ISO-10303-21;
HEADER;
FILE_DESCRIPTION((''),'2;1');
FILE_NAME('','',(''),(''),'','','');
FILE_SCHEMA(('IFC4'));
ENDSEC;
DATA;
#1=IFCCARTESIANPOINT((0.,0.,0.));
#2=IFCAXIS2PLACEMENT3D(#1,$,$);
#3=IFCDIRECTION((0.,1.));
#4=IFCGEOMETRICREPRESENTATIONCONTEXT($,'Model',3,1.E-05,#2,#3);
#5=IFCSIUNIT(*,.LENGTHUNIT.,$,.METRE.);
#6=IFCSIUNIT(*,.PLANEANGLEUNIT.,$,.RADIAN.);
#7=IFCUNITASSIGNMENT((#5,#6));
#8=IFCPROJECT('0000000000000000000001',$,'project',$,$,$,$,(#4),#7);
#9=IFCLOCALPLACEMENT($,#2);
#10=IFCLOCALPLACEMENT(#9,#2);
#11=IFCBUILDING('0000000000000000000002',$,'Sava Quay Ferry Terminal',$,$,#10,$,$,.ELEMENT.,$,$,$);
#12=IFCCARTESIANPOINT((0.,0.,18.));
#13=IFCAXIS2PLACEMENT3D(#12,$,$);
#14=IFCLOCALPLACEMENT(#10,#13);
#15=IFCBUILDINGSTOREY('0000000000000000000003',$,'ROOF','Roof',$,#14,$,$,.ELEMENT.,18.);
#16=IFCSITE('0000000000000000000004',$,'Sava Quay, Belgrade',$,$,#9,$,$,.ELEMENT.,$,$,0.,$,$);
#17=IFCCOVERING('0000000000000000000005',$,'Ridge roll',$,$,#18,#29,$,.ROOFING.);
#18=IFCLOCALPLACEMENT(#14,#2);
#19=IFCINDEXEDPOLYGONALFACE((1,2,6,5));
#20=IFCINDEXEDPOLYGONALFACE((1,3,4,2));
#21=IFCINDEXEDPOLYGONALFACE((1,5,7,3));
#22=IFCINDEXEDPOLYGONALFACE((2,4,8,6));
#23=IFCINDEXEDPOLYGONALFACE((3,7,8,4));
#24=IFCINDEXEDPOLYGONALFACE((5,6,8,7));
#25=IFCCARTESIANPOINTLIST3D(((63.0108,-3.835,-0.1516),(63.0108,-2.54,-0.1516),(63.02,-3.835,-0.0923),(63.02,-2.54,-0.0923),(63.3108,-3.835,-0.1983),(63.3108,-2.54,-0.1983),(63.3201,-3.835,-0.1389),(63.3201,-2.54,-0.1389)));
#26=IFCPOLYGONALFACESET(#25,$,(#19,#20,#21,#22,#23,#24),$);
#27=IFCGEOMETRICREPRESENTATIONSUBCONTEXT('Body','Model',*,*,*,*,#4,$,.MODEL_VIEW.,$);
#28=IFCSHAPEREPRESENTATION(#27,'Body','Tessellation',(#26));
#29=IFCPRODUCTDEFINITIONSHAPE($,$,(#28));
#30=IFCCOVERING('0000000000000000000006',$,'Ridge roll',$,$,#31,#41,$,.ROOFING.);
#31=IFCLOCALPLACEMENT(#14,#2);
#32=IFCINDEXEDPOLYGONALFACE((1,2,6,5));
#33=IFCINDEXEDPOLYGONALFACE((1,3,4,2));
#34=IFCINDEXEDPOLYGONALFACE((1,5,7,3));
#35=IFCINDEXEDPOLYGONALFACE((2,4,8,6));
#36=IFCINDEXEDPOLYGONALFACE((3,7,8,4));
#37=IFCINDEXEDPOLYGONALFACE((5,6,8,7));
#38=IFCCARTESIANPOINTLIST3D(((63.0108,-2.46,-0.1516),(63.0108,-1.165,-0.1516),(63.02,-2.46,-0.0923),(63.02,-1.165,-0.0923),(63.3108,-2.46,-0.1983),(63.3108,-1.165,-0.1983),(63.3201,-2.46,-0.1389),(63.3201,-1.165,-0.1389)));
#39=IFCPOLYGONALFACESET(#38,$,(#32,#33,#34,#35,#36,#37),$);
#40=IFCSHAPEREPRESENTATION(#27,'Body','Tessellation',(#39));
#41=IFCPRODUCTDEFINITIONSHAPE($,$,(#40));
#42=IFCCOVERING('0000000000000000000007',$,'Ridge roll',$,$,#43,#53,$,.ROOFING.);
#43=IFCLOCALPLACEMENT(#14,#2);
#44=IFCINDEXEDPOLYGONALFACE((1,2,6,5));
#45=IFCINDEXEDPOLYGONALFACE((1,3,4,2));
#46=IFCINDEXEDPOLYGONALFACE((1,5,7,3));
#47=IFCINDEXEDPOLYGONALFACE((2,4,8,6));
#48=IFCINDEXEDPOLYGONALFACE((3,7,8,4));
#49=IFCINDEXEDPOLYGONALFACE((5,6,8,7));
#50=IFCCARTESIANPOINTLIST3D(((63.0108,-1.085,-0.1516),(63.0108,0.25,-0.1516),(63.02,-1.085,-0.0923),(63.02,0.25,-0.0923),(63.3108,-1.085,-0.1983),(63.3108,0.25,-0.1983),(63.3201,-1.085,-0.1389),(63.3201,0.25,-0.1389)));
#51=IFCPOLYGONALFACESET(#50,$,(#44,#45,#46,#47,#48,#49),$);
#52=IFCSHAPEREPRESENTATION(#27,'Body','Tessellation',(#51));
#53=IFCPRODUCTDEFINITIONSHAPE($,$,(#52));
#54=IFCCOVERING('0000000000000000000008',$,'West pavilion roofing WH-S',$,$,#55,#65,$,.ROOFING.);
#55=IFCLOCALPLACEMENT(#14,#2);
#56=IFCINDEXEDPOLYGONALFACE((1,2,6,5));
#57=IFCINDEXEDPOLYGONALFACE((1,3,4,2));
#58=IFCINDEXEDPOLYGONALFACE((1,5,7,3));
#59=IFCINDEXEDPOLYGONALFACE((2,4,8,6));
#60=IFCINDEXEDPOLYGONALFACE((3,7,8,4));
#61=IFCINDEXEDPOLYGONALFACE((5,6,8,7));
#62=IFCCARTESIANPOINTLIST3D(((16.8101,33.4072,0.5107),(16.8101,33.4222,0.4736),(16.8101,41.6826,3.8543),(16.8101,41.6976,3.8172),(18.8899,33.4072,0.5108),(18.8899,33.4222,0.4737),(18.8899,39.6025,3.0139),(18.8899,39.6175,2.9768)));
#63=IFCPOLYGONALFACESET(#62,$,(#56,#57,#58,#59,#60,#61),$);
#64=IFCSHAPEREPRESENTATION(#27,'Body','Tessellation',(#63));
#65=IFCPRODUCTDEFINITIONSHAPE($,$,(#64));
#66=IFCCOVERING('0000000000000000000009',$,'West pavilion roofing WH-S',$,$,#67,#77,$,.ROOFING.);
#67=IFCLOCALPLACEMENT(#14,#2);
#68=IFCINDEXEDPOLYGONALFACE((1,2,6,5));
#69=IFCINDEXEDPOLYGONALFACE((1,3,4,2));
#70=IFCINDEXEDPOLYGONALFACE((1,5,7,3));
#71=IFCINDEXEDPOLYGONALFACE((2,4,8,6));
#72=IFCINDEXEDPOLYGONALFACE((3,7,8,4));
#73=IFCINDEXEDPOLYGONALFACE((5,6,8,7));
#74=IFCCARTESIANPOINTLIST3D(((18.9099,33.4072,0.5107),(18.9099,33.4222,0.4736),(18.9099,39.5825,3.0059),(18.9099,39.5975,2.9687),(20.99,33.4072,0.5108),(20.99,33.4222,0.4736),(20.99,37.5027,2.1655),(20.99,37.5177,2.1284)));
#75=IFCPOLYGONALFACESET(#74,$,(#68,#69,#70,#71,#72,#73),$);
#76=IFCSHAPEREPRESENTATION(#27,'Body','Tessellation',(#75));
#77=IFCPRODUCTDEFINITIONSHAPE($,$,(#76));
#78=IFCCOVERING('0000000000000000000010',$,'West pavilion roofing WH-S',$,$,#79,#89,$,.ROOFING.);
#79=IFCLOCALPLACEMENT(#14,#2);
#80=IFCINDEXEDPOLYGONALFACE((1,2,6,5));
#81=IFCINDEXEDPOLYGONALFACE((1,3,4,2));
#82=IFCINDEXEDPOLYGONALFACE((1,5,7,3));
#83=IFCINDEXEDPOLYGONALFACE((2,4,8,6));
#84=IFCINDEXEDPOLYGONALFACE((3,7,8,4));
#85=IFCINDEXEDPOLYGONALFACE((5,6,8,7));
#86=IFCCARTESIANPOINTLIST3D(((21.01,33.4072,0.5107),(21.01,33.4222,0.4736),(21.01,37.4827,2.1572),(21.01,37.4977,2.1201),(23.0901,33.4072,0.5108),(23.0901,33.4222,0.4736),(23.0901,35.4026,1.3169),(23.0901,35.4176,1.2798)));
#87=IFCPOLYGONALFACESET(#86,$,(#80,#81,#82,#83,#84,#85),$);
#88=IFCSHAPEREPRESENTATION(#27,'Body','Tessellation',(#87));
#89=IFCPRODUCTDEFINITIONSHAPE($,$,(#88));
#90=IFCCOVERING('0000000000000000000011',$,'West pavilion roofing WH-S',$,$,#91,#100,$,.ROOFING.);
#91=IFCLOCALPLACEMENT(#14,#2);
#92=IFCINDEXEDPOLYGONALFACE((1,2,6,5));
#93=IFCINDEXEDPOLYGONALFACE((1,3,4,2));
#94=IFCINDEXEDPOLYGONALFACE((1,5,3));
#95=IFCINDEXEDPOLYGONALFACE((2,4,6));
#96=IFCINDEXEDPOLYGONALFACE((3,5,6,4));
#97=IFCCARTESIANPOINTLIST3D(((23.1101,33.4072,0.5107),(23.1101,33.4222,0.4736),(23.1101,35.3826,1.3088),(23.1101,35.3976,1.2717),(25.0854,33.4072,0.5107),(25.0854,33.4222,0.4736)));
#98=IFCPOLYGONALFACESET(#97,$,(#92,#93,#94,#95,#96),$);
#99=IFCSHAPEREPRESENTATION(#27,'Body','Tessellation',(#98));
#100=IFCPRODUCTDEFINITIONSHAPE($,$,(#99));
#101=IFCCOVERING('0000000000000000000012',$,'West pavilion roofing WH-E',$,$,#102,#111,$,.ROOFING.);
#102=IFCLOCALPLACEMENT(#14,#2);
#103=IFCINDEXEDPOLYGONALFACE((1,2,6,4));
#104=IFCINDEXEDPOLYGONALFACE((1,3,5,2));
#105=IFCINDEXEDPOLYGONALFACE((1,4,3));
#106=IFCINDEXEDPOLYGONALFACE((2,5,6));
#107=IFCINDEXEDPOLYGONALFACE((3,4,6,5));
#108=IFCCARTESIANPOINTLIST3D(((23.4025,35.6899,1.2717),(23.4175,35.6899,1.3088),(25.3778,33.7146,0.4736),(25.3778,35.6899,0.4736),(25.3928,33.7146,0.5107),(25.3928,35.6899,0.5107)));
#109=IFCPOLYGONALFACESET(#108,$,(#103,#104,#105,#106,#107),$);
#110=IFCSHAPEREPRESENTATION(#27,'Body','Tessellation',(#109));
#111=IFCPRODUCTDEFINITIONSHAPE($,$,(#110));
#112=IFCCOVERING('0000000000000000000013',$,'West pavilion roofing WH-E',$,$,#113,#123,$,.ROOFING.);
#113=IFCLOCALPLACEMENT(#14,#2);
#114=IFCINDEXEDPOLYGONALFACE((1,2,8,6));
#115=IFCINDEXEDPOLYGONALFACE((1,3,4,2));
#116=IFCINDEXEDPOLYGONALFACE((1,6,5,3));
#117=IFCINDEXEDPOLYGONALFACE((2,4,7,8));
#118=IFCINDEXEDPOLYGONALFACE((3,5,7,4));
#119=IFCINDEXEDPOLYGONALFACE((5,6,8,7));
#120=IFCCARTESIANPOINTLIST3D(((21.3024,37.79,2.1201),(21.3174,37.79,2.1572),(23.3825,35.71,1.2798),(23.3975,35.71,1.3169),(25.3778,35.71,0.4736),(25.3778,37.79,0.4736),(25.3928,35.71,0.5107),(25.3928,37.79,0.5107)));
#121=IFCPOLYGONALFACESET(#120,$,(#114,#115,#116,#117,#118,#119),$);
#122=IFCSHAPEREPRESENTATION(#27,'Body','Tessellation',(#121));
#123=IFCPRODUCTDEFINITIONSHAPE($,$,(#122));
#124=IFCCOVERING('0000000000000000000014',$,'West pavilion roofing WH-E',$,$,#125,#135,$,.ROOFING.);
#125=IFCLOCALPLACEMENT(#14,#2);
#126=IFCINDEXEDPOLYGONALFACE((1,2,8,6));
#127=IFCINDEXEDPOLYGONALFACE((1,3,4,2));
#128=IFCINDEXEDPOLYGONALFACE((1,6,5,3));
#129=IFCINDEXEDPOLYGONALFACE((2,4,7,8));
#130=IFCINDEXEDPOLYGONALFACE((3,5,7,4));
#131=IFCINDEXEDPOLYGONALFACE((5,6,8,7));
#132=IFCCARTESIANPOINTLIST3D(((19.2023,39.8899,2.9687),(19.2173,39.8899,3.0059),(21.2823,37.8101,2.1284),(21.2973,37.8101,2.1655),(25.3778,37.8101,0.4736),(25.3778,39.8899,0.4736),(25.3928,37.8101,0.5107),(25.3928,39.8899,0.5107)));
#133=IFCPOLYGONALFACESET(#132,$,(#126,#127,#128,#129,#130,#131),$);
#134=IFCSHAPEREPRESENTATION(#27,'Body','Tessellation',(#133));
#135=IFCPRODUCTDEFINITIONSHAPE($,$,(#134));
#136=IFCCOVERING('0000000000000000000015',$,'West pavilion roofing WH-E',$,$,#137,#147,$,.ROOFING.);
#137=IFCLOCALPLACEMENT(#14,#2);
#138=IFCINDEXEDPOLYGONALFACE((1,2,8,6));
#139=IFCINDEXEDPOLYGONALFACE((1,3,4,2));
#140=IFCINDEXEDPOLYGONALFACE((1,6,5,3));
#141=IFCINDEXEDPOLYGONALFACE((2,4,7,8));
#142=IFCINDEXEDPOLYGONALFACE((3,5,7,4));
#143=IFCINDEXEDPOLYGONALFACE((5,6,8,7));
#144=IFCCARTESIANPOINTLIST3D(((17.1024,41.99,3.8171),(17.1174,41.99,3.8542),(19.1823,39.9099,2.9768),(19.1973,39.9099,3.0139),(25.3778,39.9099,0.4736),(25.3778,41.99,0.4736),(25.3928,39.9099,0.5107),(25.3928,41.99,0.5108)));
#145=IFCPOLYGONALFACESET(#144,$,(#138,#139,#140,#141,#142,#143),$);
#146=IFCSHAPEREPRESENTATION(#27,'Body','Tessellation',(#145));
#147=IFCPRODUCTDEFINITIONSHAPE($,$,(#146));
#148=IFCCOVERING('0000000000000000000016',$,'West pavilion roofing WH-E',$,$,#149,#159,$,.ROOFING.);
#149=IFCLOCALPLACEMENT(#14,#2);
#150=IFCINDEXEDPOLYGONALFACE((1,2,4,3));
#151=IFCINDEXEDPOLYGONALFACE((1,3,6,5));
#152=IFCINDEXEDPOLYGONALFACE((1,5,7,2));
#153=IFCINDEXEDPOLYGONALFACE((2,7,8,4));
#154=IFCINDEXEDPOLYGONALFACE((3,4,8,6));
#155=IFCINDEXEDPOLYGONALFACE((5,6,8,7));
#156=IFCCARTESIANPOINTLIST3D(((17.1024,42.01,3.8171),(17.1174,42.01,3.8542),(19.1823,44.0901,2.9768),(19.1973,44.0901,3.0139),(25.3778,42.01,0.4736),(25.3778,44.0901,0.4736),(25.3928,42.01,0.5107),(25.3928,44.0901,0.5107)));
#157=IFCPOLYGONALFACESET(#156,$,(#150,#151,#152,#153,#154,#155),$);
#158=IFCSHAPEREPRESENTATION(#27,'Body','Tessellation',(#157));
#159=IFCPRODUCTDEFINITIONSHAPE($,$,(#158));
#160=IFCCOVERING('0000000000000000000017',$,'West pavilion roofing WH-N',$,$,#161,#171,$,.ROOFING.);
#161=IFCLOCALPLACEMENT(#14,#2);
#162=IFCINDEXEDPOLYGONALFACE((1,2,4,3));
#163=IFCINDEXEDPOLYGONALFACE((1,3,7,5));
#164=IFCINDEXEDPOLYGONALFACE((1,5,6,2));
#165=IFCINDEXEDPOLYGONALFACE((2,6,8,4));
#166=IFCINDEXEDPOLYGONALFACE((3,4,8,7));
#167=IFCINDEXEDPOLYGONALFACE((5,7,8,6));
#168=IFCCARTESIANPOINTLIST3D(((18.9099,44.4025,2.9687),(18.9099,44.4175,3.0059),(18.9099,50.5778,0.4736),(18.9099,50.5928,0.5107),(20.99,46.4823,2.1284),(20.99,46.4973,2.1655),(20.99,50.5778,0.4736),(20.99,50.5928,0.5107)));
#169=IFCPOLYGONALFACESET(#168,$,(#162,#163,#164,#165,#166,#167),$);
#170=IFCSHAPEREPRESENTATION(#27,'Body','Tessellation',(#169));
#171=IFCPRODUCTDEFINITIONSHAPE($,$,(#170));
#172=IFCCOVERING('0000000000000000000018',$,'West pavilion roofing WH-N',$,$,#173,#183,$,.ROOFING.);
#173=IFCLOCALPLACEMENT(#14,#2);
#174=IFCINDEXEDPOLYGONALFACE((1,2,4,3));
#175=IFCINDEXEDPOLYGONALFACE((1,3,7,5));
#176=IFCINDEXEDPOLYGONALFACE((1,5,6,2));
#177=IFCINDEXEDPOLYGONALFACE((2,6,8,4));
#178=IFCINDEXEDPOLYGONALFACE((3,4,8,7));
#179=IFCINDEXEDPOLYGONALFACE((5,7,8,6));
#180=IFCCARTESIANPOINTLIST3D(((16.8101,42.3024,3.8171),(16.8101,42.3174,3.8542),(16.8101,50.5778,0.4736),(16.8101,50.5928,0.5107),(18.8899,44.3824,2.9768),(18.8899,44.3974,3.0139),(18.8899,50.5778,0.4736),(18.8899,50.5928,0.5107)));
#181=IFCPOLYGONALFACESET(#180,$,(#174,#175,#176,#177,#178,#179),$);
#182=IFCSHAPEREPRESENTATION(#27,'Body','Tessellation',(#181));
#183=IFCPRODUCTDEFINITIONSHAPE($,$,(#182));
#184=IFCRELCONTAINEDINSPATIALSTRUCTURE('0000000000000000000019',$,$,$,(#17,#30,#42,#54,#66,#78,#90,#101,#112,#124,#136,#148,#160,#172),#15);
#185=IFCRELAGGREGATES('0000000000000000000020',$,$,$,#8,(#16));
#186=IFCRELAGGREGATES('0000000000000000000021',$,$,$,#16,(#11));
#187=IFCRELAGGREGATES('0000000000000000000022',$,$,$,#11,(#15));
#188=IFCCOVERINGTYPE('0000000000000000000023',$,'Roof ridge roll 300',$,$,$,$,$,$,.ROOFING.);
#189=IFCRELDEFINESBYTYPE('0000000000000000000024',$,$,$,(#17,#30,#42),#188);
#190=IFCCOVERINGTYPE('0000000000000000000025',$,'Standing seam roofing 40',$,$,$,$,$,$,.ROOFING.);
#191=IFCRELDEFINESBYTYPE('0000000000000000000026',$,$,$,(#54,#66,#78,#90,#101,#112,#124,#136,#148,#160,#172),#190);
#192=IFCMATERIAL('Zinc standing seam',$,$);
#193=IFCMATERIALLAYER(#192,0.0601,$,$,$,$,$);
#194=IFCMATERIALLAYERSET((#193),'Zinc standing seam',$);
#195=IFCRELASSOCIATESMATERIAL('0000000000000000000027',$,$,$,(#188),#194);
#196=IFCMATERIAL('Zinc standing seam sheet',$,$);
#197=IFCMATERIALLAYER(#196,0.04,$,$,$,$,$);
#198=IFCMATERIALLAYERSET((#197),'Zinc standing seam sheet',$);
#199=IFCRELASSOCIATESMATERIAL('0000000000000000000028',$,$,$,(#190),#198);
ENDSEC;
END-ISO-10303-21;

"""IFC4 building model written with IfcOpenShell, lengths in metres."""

from ifc_helpers import new_model, si_unit, direction, frame, origin, place, context, subcontext, project, spatial, polyline, outline, extrude, material, layer, layer_set, type_object, element, save


model = new_model("IFC4")

# Units and contexts
model_context = context("Model", 3, precision=1e-05, world=origin(), true_north=direction((0.0, 1.0)))
body_context = subcontext(model_context, "Body", "Model", "MODEL_VIEW")
ifc_project = project(units=[si_unit("LENGTHUNIT", "METRE"), si_unit("PLANEANGLEUNIT", "RADIAN")], contexts=[model_context])

# Site, building, storey
site_placement = place(None, origin())
site = spatial("IfcSite", under=ifc_project, at=site_placement, Name="Sava Quay, Belgrade", CompositionType="ELEMENT", RefElevation=0.0)
building_placement = place(site_placement, origin())
building = spatial("IfcBuilding", under=site, at=building_placement, Name="Sava Quay Ferry Terminal", CompositionType="ELEMENT")
storey_placement = place(building_placement, frame((0.0, 0.0, 18.0)))
storey = spatial("IfcBuildingStorey", under=building, at=storey_placement, Name="ROOF", Description="Roof", CompositionType="ELEMENT", Elevation=18.0)

# Coverings
ifc_material_1 = material(Name="Zinc standing seam")
ifc_layer_1 = layer(ifc_material_1, 0.0601)
ifc_layer_set_1 = layer_set([ifc_layer_1], Name="Zinc standing seam")
covering_type_1 = type_object("IfcCoveringType", Name="Roof ridge roll 300", PredefinedType="ROOFING", material=ifc_layer_set_1)
for number, where, z_axis, x_axis, name in (
    (1, (63.02, -3.835, -0.0923), (0.153567, 0.0, 0.988138), (0.0, 1.0, 0.0), "Ridge roll"),
    (2, (63.02, -2.46, -0.0923), (0.153567, 0.0, 0.988138), (0.0, 1.0, 0.0), "Ridge roll"),
):
    element("IfcCovering", number, at=place(storey_placement, frame(where, z_axis=z_axis, x_axis=x_axis)), inside=storey, type_object=covering_type_1, Name=name, PredefinedType="ROOFING", context=body_context, shape_type="SweptSolid", body=[
        extrude(outline(polyline([(0.0, 0.0), (1.2949, 0.0), (1.2949, -0.3037), (0.0, -0.3037), (0.0, 0.0)])), origin(), (0.0, 0.0, -1.0), 0.0601),
    ])
covering_1_placement = place(storey_placement, frame((63.02, -1.085, -0.0923), z_axis=(0.153567, 0.0, 0.988138), x_axis=(0.0, 1.0, 0.0)))
element("IfcCovering", 3, at=covering_1_placement, inside=storey, type_object=covering_type_1, Name="Ridge roll", PredefinedType="ROOFING", context=body_context, shape_type="SweptSolid", body=[
    extrude(outline(polyline([(0.0, 0.0), (1.335, 0.0), (1.335, -0.3037), (0.0, -0.3037), (0.0, 0.0)])), origin(), (0.0, 0.0, -1.0), 0.0601),
])
ifc_material_2 = material(Name="Zinc standing seam sheet")
ifc_layer_2 = layer(ifc_material_2, 0.04)
ifc_layer_set_2 = layer_set([ifc_layer_2], Name="Zinc standing seam sheet")
covering_type_2 = type_object("IfcCoveringType", Name="Standing seam roofing 40", PredefinedType="ROOFING", material=ifc_layer_set_2)
covering_2_placement = place(storey_placement, frame((18.8899, 39.6025, 3.0139), z_axis=(-0.000021, -0.374614, 0.927181), x_axis=(0.0, -0.927181, -0.374614)))
element("IfcCovering", 4, at=covering_2_placement, inside=storey, type_object=covering_type_2, Name="West pavilion roofing WH-S", PredefinedType="ROOFING", context=body_context, shape_type="SweptSolid", body=[
    extrude(outline(polyline([(0.0, 0.0), (6.6819, 0.0), (6.6819, -2.0798), (-2.2434, -2.0798), (0.0, 0.0)])), origin(), (0.0, 0.0, -1.0), 0.04),
])
covering_3_placement = place(storey_placement, frame((20.99, 37.5027, 2.1655), z_axis=(-0.000006, -0.374626, 0.927176), x_axis=(0.0, -0.927176, -0.374626)))
element("IfcCovering", 5, at=covering_3_placement, inside=storey, type_object=covering_type_2, Name="West pavilion roofing WH-S", PredefinedType="ROOFING", context=body_context, shape_type="SweptSolid", body=[
    extrude(outline(polyline([(0.0, 0.0), (4.4171, 0.0), (4.4171, -2.0801), (-2.2432, -2.0801), (0.0, 0.0)])), origin(), (0.0, 0.0, -1.0), 0.04),
])
covering_4_placement = place(storey_placement, frame((23.0901, 35.4026, 1.3169), z_axis=(-0.000007, -0.37459, 0.927191), x_axis=(0.0, -0.927191, -0.37459)))
element("IfcCovering", 6, at=covering_4_placement, inside=storey, type_object=covering_type_2, Name="West pavilion roofing WH-S", PredefinedType="ROOFING", context=body_context, shape_type="SweptSolid", body=[
    extrude(outline(polyline([(0.0, 0.0), (2.1521, 0.0), (2.1521, -2.0801), (-2.2434, -2.0801), (0.0, 0.0)])), origin(), (0.0, 0.0, -1.0), 0.04),
])
covering_5_placement = place(storey_placement, frame((25.0854, 33.4072, 0.5107), z_axis=(0.0, -0.374609, 0.927183), x_axis=(-1.0, 0.0, 0.0)))
element("IfcCovering", 7, at=covering_5_placement, inside=storey, type_object=covering_type_2, Name="West pavilion roofing WH-S", PredefinedType="ROOFING", context=body_context, shape_type="SweptSolid", body=[
    extrude(outline(polyline([(0.0, 0.0), (1.9753, 0.0), (1.9753, -2.1305), (0.0, 0.0)])), origin(), (0.0, 0.0, -1.0), 0.04),
])
covering_6_placement = place(storey_placement, frame((23.4175, 35.6899, 1.3088), z_axis=(0.374609, 0.0, 0.927183), x_axis=(0.927183, 0.0, -0.374609)))
element("IfcCovering", 8, at=covering_6_placement, inside=storey, type_object=covering_type_2, Name="West pavilion roofing WH-E", PredefinedType="ROOFING", context=body_context, shape_type="SweptSolid", body=[
    extrude(outline(polyline([(0.0, 0.0), (2.1305, 0.0), (2.1305, -1.9753), (0.0, 0.0)])), origin(), (0.0, 0.0, -1.0), 0.04),
])
covering_7_placement = place(storey_placement, frame((21.3174, 37.79, 2.1572), z_axis=(0.37459, 0.000007, 0.927191), x_axis=(0.927191, 0.0, -0.37459)))
element("IfcCovering", 9, at=covering_7_placement, inside=storey, type_object=covering_type_2, Name="West pavilion roofing WH-E", PredefinedType="ROOFING", context=body_context, shape_type="SweptSolid", body=[
    extrude(outline(polyline([(0.0, 0.0), (4.3955, 0.0), (4.3955, -2.0801), (2.2434, -2.0801), (0.0, 0.0)])), origin(), (0.0, 0.0, -1.0), 0.04),
])
covering_8_placement = place(storey_placement, frame((19.2173, 39.8899, 3.0059), z_axis=(0.374618, 0.000023, 0.927179), x_axis=(0.927179, 0.0, -0.374618)))
element("IfcCovering", 10, at=covering_8_placement, inside=storey, type_object=covering_type_2, Name="West pavilion roofing WH-E", PredefinedType="ROOFING", context=body_context, shape_type="SweptSolid", body=[
    extrude(outline(polyline([(0.0, 0.0), (6.6605, 0.0), (6.6605, -2.0798), (2.2434, -2.0798), (0.0, 0.0)])), origin(), (0.0, 0.0, -1.0), 0.04),
])
covering_9_placement = place(storey_placement, frame((17.1174, 41.99, 3.8542), z_axis=(0.374609, -0.000004, 0.927183), x_axis=(0.927183, 0.0, -0.374609)))
element("IfcCovering", 11, at=covering_9_placement, inside=storey, type_object=covering_type_2, Name="West pavilion roofing WH-E", PredefinedType="ROOFING", context=body_context, shape_type="SweptSolid", body=[
    extrude(outline(polyline([(0.0, 0.0), (8.9253, 0.0), (8.9253, -2.0801), (2.2432, -2.0801), (0.0, 0.0)])), origin(), (0.0, 0.0, -1.0), 0.04),
])
covering_10_placement = place(storey_placement, frame((19.1973, 44.0901, 3.0139), z_axis=(0.374609, 0.000004, 0.927183), x_axis=(0.927183, 0.0, -0.374609)))
element("IfcCovering", 12, at=covering_10_placement, inside=storey, type_object=covering_type_2, Name="West pavilion roofing WH-E", PredefinedType="ROOFING", context=body_context, shape_type="SweptSolid", body=[
    extrude(outline(polyline([(0.0, 0.0), (6.6821, 0.0), (6.6821, -2.0801), (-2.2432, -2.0801), (0.0, 0.0)])), origin(), (0.0, 0.0, -1.0), 0.04),
])
covering_11_placement = place(storey_placement, frame((18.9099, 44.4175, 3.0059), z_axis=(-0.000006, 0.374626, 0.927176), x_axis=(0.0, 0.927176, -0.374626)))
element("IfcCovering", 13, at=covering_11_placement, inside=storey, type_object=covering_type_2, Name="West pavilion roofing WH-N", PredefinedType="ROOFING", context=body_context, shape_type="SweptSolid", body=[
    extrude(outline(polyline([(0.0, 0.0), (6.6603, 0.0), (6.6603, -2.0801), (2.2432, -2.0801), (0.0, 0.0)])), origin(), (0.0, 0.0, -1.0), 0.04),
])
covering_12_placement = place(storey_placement, frame((16.8101, 42.3174, 3.8542), z_axis=(-0.000021, 0.374614, 0.927181), x_axis=(0.0, 0.927181, -0.374614)))
element("IfcCovering", 14, at=covering_12_placement, inside=storey, type_object=covering_type_2, Name="West pavilion roofing WH-N", PredefinedType="ROOFING", context=body_context, shape_type="SweptSolid", body=[
    extrude(outline(polyline([(0.0, 0.0), (8.9253, 0.0), (8.9253, -2.0798), (2.2434, -2.0798), (0.0, 0.0)])), origin(), (0.0, 0.0, -1.0), 0.04),
])

save(model, "model.ifc")
